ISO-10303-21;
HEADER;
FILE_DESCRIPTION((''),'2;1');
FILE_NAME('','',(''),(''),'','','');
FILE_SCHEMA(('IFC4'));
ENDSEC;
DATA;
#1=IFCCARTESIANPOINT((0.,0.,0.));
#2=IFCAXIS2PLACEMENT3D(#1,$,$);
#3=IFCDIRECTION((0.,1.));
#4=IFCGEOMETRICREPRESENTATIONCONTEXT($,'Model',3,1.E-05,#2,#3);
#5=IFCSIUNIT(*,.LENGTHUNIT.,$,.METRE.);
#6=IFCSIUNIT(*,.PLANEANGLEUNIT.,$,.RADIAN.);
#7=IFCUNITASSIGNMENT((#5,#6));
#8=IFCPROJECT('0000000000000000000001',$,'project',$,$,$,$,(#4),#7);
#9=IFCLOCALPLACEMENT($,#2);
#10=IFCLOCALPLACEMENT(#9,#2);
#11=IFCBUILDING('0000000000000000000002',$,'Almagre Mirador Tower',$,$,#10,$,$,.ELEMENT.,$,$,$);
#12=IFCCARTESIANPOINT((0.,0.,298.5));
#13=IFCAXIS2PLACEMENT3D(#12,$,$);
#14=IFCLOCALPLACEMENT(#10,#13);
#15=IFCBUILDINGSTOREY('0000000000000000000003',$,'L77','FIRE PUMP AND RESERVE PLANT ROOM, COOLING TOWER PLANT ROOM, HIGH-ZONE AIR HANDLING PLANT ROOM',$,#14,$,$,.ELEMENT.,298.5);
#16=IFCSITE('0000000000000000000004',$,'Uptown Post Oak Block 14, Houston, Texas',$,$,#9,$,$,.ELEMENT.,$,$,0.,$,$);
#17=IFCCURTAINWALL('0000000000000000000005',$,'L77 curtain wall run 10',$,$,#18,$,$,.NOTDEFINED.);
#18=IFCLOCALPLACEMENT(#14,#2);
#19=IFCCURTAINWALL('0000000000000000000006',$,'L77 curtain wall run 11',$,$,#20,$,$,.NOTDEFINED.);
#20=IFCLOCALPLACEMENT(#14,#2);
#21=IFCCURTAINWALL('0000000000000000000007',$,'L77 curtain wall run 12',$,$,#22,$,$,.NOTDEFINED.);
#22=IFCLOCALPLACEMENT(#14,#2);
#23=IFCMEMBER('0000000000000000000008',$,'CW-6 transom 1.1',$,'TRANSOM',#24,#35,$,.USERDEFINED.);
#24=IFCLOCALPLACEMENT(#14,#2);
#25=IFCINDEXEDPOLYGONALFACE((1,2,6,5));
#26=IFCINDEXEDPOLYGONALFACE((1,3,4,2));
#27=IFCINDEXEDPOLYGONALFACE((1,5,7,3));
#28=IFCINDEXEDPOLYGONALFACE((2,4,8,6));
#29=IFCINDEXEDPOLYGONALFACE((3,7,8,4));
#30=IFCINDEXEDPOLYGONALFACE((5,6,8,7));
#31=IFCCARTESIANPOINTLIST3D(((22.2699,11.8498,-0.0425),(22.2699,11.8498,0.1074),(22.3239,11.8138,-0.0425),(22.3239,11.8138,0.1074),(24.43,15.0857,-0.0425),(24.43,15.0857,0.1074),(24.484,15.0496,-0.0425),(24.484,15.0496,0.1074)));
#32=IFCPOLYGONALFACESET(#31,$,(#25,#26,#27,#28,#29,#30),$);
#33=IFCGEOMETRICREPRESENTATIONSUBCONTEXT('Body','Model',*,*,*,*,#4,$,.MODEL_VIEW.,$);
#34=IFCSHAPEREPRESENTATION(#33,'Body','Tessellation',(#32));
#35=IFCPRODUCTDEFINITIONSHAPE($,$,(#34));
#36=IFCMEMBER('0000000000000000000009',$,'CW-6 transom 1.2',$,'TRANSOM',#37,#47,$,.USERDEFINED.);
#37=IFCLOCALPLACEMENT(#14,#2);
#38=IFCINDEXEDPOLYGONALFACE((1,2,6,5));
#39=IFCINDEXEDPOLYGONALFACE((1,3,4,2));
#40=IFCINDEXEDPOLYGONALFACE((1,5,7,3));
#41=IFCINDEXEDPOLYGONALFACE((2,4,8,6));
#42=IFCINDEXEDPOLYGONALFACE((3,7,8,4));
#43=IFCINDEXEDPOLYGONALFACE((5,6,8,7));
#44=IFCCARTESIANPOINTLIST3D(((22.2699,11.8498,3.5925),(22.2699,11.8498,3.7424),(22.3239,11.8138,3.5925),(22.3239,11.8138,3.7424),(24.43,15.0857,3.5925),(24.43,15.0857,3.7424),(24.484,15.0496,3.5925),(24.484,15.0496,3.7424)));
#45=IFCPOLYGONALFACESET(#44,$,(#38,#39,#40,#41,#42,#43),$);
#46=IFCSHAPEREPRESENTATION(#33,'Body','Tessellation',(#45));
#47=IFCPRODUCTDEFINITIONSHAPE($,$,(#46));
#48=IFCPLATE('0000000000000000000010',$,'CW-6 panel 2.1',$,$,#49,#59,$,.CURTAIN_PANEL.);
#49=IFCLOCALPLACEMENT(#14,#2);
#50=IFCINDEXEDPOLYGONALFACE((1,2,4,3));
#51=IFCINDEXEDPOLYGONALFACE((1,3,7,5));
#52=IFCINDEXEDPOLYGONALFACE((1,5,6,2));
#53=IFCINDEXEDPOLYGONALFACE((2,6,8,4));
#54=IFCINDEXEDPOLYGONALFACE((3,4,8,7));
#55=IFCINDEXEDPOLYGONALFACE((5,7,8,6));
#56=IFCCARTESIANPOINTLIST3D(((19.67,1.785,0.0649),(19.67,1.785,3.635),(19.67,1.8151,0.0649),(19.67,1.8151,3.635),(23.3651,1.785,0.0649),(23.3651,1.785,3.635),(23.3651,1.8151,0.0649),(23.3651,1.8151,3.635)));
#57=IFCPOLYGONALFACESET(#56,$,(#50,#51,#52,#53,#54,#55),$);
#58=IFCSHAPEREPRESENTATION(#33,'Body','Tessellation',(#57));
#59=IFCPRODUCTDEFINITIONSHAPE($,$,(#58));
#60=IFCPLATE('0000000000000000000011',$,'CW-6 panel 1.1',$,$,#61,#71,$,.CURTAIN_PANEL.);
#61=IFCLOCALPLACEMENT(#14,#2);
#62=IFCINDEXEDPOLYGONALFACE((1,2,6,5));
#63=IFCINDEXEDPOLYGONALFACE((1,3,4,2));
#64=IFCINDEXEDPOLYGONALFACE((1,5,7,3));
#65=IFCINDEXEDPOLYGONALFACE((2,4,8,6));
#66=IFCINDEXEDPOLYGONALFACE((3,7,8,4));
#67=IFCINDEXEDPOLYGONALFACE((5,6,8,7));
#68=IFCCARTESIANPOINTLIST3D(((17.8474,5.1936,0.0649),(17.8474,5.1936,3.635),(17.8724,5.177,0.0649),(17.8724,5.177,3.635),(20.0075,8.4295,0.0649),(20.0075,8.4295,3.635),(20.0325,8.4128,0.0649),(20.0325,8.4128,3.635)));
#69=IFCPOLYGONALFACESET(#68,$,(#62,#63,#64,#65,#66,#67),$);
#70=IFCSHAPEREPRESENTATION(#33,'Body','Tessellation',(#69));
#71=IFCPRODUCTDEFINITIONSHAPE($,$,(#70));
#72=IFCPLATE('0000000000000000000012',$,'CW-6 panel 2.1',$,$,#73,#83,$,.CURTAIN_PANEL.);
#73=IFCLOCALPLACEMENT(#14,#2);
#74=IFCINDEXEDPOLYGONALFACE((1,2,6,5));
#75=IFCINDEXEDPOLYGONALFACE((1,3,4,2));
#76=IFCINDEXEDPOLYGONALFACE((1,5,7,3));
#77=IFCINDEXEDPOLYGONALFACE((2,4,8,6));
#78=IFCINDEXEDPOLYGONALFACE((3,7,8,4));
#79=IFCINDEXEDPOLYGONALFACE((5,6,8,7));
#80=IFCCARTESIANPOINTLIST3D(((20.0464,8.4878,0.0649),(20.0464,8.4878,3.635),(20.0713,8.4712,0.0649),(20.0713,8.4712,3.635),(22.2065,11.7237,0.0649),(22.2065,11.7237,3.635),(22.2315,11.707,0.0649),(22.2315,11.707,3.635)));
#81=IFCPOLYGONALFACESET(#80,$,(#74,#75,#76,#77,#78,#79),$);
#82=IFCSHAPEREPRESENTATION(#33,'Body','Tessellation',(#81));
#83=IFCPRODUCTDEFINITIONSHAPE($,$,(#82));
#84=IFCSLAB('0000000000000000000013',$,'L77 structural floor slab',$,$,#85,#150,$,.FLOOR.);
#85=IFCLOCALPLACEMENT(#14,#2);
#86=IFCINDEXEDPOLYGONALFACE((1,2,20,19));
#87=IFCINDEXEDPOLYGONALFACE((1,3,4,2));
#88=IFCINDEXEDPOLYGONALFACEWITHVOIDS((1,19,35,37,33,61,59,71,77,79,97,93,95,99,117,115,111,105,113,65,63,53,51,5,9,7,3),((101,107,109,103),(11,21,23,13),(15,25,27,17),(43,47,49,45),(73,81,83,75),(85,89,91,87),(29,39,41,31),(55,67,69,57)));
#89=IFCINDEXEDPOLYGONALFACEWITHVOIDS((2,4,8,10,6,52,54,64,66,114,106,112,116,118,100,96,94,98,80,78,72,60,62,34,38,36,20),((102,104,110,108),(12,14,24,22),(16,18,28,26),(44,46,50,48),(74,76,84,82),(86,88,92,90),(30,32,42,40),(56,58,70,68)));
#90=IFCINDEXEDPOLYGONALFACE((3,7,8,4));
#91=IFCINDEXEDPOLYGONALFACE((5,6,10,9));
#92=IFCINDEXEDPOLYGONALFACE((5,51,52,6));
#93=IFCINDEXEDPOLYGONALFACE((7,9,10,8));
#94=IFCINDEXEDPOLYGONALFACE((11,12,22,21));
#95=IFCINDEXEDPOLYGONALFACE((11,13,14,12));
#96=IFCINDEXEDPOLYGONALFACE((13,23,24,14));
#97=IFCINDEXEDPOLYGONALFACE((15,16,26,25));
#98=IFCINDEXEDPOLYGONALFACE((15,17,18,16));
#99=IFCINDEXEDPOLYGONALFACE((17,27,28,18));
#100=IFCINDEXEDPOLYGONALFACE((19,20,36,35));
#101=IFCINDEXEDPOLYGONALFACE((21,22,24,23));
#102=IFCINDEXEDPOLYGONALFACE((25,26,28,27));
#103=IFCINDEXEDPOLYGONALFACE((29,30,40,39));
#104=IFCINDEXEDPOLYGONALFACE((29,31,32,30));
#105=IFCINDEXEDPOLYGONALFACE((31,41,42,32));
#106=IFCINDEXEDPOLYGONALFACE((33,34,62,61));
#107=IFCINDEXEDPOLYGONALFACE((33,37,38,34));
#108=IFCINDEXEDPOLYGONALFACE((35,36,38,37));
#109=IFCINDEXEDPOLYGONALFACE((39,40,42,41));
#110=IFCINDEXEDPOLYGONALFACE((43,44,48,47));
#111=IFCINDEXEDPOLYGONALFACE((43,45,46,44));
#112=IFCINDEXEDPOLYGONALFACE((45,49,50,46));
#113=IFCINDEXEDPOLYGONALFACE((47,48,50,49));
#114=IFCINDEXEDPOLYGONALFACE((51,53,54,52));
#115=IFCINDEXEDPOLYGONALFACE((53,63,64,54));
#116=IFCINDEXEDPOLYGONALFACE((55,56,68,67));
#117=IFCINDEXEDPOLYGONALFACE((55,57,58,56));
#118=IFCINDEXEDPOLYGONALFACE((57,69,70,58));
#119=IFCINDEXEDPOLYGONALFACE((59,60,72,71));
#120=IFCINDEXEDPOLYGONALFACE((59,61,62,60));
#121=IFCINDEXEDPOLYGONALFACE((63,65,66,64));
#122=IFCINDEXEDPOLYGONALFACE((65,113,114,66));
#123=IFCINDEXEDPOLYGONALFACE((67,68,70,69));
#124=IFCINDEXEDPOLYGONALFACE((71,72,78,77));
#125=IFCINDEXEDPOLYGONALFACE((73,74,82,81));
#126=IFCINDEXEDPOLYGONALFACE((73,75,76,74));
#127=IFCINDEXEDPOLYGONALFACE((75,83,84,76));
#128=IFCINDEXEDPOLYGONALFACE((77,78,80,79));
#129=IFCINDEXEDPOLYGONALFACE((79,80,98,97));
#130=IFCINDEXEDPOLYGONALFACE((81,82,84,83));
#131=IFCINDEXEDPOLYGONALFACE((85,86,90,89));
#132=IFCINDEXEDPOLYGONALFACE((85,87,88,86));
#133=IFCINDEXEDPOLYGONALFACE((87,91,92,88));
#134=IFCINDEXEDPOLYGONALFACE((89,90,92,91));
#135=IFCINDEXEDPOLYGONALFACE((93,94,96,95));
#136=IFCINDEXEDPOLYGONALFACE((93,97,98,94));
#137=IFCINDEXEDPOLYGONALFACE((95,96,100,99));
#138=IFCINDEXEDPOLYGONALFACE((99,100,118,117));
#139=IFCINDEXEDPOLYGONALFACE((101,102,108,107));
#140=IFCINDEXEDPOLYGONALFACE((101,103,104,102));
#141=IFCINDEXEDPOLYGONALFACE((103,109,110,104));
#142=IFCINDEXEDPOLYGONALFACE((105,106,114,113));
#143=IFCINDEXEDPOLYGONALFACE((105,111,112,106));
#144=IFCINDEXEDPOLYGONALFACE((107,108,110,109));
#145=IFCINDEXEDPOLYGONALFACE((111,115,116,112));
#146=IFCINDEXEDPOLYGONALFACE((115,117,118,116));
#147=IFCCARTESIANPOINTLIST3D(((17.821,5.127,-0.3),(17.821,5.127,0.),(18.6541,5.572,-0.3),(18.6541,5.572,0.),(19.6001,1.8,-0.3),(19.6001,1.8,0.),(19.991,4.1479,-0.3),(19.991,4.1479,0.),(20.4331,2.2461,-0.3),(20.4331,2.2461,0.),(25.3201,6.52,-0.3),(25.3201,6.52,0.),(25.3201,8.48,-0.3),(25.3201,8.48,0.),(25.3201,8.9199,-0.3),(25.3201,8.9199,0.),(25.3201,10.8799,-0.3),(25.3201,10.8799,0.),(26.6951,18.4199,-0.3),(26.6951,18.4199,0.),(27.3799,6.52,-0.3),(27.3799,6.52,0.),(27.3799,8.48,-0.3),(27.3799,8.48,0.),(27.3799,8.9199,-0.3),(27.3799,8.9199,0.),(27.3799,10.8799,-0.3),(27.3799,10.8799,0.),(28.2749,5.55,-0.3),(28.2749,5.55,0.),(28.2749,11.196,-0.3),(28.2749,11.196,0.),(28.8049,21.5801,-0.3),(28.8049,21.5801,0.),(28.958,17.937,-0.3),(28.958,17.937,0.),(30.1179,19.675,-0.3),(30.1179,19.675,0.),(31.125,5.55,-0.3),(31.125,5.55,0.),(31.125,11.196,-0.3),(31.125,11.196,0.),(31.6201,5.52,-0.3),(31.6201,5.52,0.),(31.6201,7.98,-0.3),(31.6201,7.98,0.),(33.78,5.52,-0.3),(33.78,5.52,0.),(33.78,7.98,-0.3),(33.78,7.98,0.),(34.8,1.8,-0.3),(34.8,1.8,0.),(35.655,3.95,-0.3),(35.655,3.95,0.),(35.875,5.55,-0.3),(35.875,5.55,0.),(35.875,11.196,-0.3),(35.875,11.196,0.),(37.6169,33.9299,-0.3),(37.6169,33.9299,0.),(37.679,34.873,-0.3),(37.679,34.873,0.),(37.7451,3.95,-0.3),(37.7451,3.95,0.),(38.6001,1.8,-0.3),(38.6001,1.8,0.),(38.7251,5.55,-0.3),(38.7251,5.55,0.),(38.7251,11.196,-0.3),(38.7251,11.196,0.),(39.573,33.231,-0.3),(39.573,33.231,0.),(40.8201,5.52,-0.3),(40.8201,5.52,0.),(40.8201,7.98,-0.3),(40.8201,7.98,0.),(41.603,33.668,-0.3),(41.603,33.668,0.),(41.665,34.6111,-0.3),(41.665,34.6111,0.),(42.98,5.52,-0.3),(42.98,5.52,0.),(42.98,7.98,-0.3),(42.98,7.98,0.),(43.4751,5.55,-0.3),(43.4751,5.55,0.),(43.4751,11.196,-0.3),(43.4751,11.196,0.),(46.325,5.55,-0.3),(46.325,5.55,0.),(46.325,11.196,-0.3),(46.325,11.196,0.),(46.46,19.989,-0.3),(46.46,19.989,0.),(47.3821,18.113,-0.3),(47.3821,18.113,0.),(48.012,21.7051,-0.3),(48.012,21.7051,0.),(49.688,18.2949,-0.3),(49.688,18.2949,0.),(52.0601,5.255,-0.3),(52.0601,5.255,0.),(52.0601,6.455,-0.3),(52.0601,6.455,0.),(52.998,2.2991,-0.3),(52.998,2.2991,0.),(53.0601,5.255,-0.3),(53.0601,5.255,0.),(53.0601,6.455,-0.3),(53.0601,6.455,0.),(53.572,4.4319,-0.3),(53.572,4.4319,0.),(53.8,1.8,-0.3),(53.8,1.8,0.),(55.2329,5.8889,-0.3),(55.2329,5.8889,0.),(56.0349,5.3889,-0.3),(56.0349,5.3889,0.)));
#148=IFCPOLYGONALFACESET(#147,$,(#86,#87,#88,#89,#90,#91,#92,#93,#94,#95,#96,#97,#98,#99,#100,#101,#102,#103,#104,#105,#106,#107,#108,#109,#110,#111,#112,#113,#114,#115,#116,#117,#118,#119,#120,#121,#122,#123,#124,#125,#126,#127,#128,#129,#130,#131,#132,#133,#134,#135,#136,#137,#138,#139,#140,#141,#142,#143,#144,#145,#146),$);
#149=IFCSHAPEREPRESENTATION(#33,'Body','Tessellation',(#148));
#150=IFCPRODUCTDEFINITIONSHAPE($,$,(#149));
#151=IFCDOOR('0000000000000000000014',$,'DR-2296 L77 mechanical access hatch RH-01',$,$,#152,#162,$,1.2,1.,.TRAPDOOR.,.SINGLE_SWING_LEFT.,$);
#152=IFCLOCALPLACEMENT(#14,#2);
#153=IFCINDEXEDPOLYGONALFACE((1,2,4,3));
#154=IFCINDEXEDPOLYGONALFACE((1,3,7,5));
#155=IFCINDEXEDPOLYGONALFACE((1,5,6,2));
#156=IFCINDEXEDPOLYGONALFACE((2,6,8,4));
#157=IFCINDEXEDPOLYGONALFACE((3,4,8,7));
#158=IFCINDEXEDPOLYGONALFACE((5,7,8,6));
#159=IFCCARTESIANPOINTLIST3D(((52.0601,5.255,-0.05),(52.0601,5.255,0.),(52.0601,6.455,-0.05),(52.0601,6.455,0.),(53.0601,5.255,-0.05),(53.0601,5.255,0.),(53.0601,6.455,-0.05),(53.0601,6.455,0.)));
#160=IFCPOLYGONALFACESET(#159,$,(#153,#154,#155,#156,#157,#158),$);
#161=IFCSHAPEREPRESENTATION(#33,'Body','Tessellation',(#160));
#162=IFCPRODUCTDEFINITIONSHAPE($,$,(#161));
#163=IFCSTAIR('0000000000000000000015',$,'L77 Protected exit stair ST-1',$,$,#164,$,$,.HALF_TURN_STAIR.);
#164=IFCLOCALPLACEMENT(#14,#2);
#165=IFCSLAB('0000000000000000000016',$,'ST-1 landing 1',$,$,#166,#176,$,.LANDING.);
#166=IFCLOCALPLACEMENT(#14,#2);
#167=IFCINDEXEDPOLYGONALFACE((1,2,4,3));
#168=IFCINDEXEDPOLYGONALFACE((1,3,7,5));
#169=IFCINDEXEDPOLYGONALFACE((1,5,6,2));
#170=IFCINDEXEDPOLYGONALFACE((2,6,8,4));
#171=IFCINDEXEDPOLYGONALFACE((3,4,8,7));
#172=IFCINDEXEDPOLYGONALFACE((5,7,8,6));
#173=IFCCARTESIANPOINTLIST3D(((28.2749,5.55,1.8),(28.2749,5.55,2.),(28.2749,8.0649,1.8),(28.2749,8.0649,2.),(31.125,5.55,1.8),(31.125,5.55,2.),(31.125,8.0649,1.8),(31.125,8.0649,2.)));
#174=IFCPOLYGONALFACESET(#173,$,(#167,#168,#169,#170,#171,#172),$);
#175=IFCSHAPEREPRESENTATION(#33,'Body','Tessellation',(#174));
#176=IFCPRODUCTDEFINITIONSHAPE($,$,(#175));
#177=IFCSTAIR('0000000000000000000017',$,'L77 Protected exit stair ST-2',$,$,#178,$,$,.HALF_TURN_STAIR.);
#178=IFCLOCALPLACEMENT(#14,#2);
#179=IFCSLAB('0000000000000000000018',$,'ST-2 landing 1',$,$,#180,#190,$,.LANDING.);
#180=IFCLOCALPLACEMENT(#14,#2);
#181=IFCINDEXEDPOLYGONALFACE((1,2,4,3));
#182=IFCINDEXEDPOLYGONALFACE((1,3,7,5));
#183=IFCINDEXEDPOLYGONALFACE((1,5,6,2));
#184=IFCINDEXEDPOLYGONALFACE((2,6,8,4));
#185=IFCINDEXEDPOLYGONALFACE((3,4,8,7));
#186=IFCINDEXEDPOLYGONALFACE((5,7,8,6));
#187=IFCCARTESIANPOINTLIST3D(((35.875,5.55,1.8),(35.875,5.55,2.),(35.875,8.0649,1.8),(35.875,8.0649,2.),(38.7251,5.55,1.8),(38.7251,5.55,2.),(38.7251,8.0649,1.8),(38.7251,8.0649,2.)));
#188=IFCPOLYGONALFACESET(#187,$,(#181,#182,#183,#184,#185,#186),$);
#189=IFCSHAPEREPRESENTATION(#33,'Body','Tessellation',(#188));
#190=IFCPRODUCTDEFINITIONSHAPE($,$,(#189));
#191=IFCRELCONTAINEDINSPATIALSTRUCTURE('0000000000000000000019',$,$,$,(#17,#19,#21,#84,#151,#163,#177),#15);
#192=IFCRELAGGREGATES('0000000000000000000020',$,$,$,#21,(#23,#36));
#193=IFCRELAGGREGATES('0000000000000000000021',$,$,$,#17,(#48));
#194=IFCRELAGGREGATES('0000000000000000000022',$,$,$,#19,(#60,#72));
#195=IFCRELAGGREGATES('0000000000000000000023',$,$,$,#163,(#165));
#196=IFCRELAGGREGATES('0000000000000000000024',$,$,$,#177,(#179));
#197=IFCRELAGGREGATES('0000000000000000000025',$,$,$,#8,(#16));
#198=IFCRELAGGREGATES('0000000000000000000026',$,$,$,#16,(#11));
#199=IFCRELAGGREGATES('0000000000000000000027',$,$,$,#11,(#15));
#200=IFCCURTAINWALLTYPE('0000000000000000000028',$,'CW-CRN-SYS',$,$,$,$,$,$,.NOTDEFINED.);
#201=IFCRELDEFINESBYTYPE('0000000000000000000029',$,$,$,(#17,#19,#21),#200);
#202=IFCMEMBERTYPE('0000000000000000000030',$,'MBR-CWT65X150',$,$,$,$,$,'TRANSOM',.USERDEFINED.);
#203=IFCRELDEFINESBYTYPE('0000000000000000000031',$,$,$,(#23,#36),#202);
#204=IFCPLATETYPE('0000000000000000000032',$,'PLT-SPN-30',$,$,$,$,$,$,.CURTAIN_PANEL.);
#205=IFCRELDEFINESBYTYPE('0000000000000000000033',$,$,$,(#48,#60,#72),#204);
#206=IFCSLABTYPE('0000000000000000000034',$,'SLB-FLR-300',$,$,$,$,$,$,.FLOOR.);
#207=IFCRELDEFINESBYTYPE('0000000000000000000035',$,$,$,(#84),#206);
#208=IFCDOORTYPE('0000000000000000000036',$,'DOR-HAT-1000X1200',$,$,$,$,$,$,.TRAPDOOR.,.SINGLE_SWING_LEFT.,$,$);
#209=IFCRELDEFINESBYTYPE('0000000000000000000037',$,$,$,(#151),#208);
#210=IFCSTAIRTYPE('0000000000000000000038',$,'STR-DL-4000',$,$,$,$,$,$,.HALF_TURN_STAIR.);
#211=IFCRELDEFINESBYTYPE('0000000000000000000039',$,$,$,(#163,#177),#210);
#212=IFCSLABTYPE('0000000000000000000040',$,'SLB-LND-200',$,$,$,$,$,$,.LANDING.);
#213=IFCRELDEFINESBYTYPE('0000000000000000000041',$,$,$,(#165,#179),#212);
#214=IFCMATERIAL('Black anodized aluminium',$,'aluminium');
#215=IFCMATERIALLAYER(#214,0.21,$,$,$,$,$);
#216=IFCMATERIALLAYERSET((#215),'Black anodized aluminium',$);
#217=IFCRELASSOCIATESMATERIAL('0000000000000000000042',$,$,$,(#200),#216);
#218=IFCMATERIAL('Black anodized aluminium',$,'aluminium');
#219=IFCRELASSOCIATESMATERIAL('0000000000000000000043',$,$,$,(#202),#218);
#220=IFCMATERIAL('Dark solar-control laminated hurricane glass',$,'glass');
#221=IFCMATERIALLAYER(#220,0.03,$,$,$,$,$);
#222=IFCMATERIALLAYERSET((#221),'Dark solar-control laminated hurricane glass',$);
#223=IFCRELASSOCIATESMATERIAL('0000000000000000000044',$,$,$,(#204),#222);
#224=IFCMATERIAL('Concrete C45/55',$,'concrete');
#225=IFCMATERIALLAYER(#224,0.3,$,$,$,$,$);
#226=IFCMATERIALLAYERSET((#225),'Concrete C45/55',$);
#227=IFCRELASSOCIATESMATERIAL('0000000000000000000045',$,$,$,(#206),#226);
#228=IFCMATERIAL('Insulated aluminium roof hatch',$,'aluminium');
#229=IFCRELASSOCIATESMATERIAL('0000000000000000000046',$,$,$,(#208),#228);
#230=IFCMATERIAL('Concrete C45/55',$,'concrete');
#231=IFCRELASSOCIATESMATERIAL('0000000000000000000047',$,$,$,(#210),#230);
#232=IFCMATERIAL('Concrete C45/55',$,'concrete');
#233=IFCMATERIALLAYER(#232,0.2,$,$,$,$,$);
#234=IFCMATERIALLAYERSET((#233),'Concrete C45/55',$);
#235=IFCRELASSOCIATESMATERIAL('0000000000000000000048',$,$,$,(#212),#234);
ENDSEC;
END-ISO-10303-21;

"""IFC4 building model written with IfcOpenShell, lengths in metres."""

from ifc_helpers import new_model, si_unit, direction, frame, origin, origin_2d, place, context, subcontext, project, spatial, polyline, rectangle, outline, extrude, material, layer, layer_set, material_profile, profile_set, type_object, element, fill, aggregate, save


model = new_model("IFC4")

# Units and contexts
model_context = context("Model", 3, precision=1e-05, world=origin(), true_north=direction((0.0, 1.0)))
body_context = subcontext(model_context, "Body", "Model", "MODEL_VIEW")
ifc_project = project(units=[si_unit("LENGTHUNIT", "METRE"), si_unit("PLANEANGLEUNIT", "RADIAN")], contexts=[model_context])

# Site, building, storey
site_placement = place(None, origin())
site = spatial("IfcSite", under=ifc_project, at=site_placement, Name="Uptown Post Oak Block 14, Houston, Texas", CompositionType="ELEMENT", RefElevation=0.0)
building_placement = place(site_placement, origin())
building = spatial("IfcBuilding", under=site, at=building_placement, Name="Almagre Mirador Tower", CompositionType="ELEMENT")
storey_placement = place(building_placement, frame((0.0, 0.0, 298.5)))
storey = spatial("IfcBuildingStorey", under=building, at=storey_placement, Name="L77", Description="FIRE PUMP AND RESERVE PLANT ROOM, COOLING TOWER PLANT ROOM, HIGH-ZONE AIR HANDLING PLANT ROOM", CompositionType="ELEMENT", Elevation=298.5)

# Curtain wall
ifc_material_1 = material(Name="Black anodized aluminium", Category="aluminium")
ifc_layer_1 = layer(ifc_material_1, 0.21)
ifc_layer_set_1 = layer_set([ifc_layer_1], Name="Black anodized aluminium")
curtain_wall_type = type_object("IfcCurtainWallType", Name="CW-CRN-SYS", PredefinedType="NOTDEFINED", material=ifc_layer_set_1)
curtain_wall_1_placement = place(storey_placement, origin())
curtain_wall_1 = element("IfcCurtainWall", 1, at=curtain_wall_1_placement, inside=storey, type_object=curtain_wall_type, Name="L77 curtain wall run 10", PredefinedType="NOTDEFINED")

# Curtain wall
curtain_wall_2_placement = place(storey_placement, origin())
curtain_wall_2 = element("IfcCurtainWall", 2, at=curtain_wall_2_placement, inside=storey, type_object=curtain_wall_type, Name="L77 curtain wall run 11", PredefinedType="NOTDEFINED")

# Curtain wall
curtain_wall_3_placement = place(storey_placement, origin())
curtain_wall_3 = element("IfcCurtainWall", 3, at=curtain_wall_3_placement, inside=storey, type_object=curtain_wall_type, Name="L77 curtain wall run 12", PredefinedType="NOTDEFINED")

# Members
ifc_material_2 = material(Name="Black anodized aluminium", Category="aluminium")
ifc_material_profile_1 = material_profile(ifc_material_2, rectangle(XDim=0.0649, YDim=0.1499, at=origin_2d()), Name="CWT65X150")
ifc_profile_set_1 = profile_set([ifc_material_profile_1], Name="Black anodized aluminium")
member_type_1 = type_object("IfcMemberType", Name="MBR-CWT65X150", ElementType="TRANSOM", PredefinedType="USERDEFINED", material=ifc_profile_set_1)
member_1_placement = place(storey_placement, frame((22.2969, 11.8318, 0.0325), z_axis=(0.555221, 0.831703, 0.0), x_axis=(-0.831703, 0.555221, 0.0)))
member_1 = element("IfcMember", 4, at=member_1_placement, type_object=member_type_1, Name="CW-6 transom 1.1", ObjectType="TRANSOM", PredefinedType="USERDEFINED", context=body_context, shape_type="SweptSolid", body=[
    extrude(rectangle(XDim=0.0649, YDim=0.1499, at=origin_2d()), origin(), (0.0, 0.0, 1.0), 3.8906),
])
member_2_placement = place(storey_placement, frame((22.2969, 11.8318, 3.6675), z_axis=(0.555221, 0.831703, 0.0), x_axis=(-0.831703, 0.555221, 0.0)))
member_2 = element("IfcMember", 5, at=member_2_placement, type_object=member_type_1, Name="CW-6 transom 1.2", ObjectType="TRANSOM", PredefinedType="USERDEFINED", context=body_context, shape_type="SweptSolid", body=[
    extrude(rectangle(XDim=0.0649, YDim=0.1499, at=origin_2d()), origin(), (0.0, 0.0, 1.0), 3.8906),
])
aggregate(curtain_wall_3, [member_1, member_2])

# Plates
ifc_material_3 = material(Name="Dark solar-control laminated hurricane glass", Category="glass")
ifc_layer_2 = layer(ifc_material_3, 0.03)
ifc_layer_set_2 = layer_set([ifc_layer_2], Name="Dark solar-control laminated hurricane glass")
plate_type = type_object("IfcPlateType", Name="PLT-SPN-30", PredefinedType="CURTAIN_PANEL", material=ifc_layer_set_2)
plate_1_placement = place(storey_placement, frame((21.5176, 1.8, 0.0649), z_axis=(0.0, 0.0, 1.0), x_axis=(-1.0, 0.0, 0.0)))
plate_1 = element("IfcPlate", 6, at=plate_1_placement, type_object=plate_type, Name="CW-6 panel 2.1", PredefinedType="CURTAIN_PANEL", context=body_context, shape_type="SweptSolid", body=[
    extrude(rectangle(XDim=3.6951, YDim=0.03, at=origin_2d()), origin(), (0.0, 0.0, 1.0), 3.5701),
])
aggregate(curtain_wall_1, [plate_1])
plate_2_placement = place(storey_placement, frame((18.9399, 6.8032, 0.0649), z_axis=(0.0, 0.0, 1.0), x_axis=(0.55522, 0.831704, 0.0)))
plate_2 = element("IfcPlate", 7, at=plate_2_placement, type_object=plate_type, Name="CW-6 panel 1.1", PredefinedType="CURTAIN_PANEL", context=body_context, shape_type="SweptSolid", body=[
    extrude(rectangle(XDim=3.8906, YDim=0.03, at=origin_2d()), origin(), (0.0, 0.0, 1.0), 3.5701),
])
plate_3_placement = place(storey_placement, frame((21.1389, 10.0974, 0.0649), z_axis=(0.0, 0.0, 1.0), x_axis=(0.55522, 0.831704, 0.0)))
plate_3 = element("IfcPlate", 8, at=plate_3_placement, type_object=plate_type, Name="CW-6 panel 2.1", PredefinedType="CURTAIN_PANEL", context=body_context, shape_type="SweptSolid", body=[
    extrude(rectangle(XDim=3.8906, YDim=0.03, at=origin_2d()), origin(), (0.0, 0.0, 1.0), 3.5701),
])
aggregate(curtain_wall_2, [plate_2, plate_3])

# Slab, opening, door
ifc_material_4 = material(Name="Concrete C45/55", Category="concrete")
ifc_layer_3 = layer(ifc_material_4, 0.3)
ifc_layer_set_3 = layer_set([ifc_layer_3], Name="Concrete C45/55")
slab_type_1 = type_object("IfcSlabType", Name="SLB-FLR-300", PredefinedType="FLOOR", material=ifc_layer_set_3)
slab_1_placement = place(storey_placement, frame((0.0, 0.0, -0.3)))
slab_1 = element("IfcSlab", 9, at=slab_1_placement, inside=storey, type_object=slab_type_1, Name="L77 structural floor slab", PredefinedType="FLOOR", context=body_context, shape_type="SweptSolid", body=[
    extrude(outline(polyline([(17.821, 5.127), (18.6541, 5.572), (19.991, 4.1479), (20.4331, 2.2461), (19.6001, 1.8), (34.8, 1.8), (35.655, 3.95), (37.7451, 3.95), (38.6001, 1.8), (53.8, 1.8), (52.998, 2.2991), (53.572, 4.4319), (55.2329, 5.8889), (56.0349, 5.3889), (49.688, 18.2949), (47.3821, 18.113), (46.46, 19.989), (48.012, 21.7051), (41.665, 34.6111), (41.603, 33.668), (39.573, 33.231), (37.6169, 33.9299), (37.679, 34.873), (28.8049, 21.5801), (30.1179, 19.675), (28.958, 17.937), (26.6951, 18.4199), (17.821, 5.127)]), holes=[polyline([(43.4751, 5.55), (43.4751, 11.196), (46.325, 11.196), (46.325, 5.55), (43.4751, 5.55)]), polyline([(42.98, 5.52), (40.8201, 5.52), (40.8201, 7.98), (42.98, 7.98), (42.98, 5.52)]), polyline([(35.875, 5.55), (35.875, 11.196), (38.7251, 11.196), (38.7251, 5.55), (35.875, 5.55)]), polyline([(33.78, 7.98), (33.78, 5.52), (31.6201, 5.52), (31.6201, 7.98), (33.78, 7.98)]), polyline([(28.2749, 5.55), (28.2749, 11.196), (31.125, 11.196), (31.125, 5.55), (28.2749, 5.55)]), polyline([(27.3799, 6.52), (25.3201, 6.52), (25.3201, 8.48), (27.3799, 8.48), (27.3799, 6.52)]), polyline([(27.3799, 8.9199), (25.3201, 8.9199), (25.3201, 10.8799), (27.3799, 10.8799), (27.3799, 8.9199)])]), origin(), (0.0, 0.0, 1.0), 0.3),
])
opening_placement = place(slab_1_placement, frame((52.5601, 5.855, 0.0)))
opening = element("IfcOpeningElement", 10, at=opening_placement, cuts=slab_1, PredefinedType="OPENING", context=body_context, shape_type="SweptSolid", body=[
    extrude(rectangle(XDim=1.0, YDim=1.2, at=origin_2d()), origin(), (0.0, 0.0, 1.0), 0.3),
])
ifc_material_5 = material(Name="Insulated aluminium roof hatch", Category="aluminium")
door_type = type_object("IfcDoorType", Name="DOR-HAT-1000X1200", OperationType="SINGLE_SWING_LEFT", PredefinedType="TRAPDOOR", material=ifc_material_5)
door_placement = place(opening_placement, frame((0.0, 0.0, 0.25)))
door = element("IfcDoor", 11, at=door_placement, inside=storey, type_object=door_type, Name="DR-2296 L77 mechanical access hatch RH-01", OperationType="SINGLE_SWING_LEFT", OverallHeight=1.2, OverallWidth=1.0, PredefinedType="TRAPDOOR", context=body_context, shape_type="SweptSolid", body=[
    extrude(rectangle(XDim=1.0, YDim=1.2, at=origin_2d()), origin(), (0.0, 0.0, 1.0), 0.05),
])
fill(opening, door)

# Stairs, slabs
ifc_material_6 = material(Name="Concrete C45/55", Category="concrete")
stair_type = type_object("IfcStairType", Name="STR-DL-4000", PredefinedType="HALF_TURN_STAIR", material=ifc_material_6)
stair_1_placement = place(storey_placement, origin())
stair_1 = element("IfcStair", 12, at=stair_1_placement, inside=storey, type_object=stair_type, Name="L77 Protected exit stair ST-1", PredefinedType="HALF_TURN_STAIR")
ifc_material_7 = material(Name="Concrete C45/55", Category="concrete")
ifc_layer_4 = layer(ifc_material_7, 0.2)
ifc_layer_set_4 = layer_set([ifc_layer_4], Name="Concrete C45/55")
slab_type_2 = type_object("IfcSlabType", Name="SLB-LND-200", PredefinedType="LANDING", material=ifc_layer_set_4)
slab_2_placement = place(storey_placement, frame((0.0, 0.0, 1.8)))
slab_2 = element("IfcSlab", 13, at=slab_2_placement, type_object=slab_type_2, Name="ST-1 landing 1", PredefinedType="LANDING", context=body_context, shape_type="SweptSolid", body=[
    extrude(outline(polyline([(28.2749, 8.0649), (28.2749, 5.55), (31.125, 5.55), (31.125, 8.0649), (28.2749, 8.0649)])), origin(), (0.0, 0.0, 1.0), 0.2),
])
aggregate(stair_1, [slab_2])
stair_2_placement = place(storey_placement, origin())
stair_2 = element("IfcStair", 14, at=stair_2_placement, inside=storey, type_object=stair_type, Name="L77 Protected exit stair ST-2", PredefinedType="HALF_TURN_STAIR")
slab_3_placement = place(storey_placement, frame((0.0, 0.0, 1.8)))
slab_3 = element("IfcSlab", 15, at=slab_3_placement, type_object=slab_type_2, Name="ST-2 landing 1", PredefinedType="LANDING", context=body_context, shape_type="SweptSolid", body=[
    extrude(outline(polyline([(35.875, 8.0649), (35.875, 5.55), (38.7251, 5.55), (38.7251, 8.0649), (35.875, 8.0649)])), origin(), (0.0, 0.0, 1.0), 0.2),
])
aggregate(stair_2, [slab_3])

save(model, "model.ifc")
